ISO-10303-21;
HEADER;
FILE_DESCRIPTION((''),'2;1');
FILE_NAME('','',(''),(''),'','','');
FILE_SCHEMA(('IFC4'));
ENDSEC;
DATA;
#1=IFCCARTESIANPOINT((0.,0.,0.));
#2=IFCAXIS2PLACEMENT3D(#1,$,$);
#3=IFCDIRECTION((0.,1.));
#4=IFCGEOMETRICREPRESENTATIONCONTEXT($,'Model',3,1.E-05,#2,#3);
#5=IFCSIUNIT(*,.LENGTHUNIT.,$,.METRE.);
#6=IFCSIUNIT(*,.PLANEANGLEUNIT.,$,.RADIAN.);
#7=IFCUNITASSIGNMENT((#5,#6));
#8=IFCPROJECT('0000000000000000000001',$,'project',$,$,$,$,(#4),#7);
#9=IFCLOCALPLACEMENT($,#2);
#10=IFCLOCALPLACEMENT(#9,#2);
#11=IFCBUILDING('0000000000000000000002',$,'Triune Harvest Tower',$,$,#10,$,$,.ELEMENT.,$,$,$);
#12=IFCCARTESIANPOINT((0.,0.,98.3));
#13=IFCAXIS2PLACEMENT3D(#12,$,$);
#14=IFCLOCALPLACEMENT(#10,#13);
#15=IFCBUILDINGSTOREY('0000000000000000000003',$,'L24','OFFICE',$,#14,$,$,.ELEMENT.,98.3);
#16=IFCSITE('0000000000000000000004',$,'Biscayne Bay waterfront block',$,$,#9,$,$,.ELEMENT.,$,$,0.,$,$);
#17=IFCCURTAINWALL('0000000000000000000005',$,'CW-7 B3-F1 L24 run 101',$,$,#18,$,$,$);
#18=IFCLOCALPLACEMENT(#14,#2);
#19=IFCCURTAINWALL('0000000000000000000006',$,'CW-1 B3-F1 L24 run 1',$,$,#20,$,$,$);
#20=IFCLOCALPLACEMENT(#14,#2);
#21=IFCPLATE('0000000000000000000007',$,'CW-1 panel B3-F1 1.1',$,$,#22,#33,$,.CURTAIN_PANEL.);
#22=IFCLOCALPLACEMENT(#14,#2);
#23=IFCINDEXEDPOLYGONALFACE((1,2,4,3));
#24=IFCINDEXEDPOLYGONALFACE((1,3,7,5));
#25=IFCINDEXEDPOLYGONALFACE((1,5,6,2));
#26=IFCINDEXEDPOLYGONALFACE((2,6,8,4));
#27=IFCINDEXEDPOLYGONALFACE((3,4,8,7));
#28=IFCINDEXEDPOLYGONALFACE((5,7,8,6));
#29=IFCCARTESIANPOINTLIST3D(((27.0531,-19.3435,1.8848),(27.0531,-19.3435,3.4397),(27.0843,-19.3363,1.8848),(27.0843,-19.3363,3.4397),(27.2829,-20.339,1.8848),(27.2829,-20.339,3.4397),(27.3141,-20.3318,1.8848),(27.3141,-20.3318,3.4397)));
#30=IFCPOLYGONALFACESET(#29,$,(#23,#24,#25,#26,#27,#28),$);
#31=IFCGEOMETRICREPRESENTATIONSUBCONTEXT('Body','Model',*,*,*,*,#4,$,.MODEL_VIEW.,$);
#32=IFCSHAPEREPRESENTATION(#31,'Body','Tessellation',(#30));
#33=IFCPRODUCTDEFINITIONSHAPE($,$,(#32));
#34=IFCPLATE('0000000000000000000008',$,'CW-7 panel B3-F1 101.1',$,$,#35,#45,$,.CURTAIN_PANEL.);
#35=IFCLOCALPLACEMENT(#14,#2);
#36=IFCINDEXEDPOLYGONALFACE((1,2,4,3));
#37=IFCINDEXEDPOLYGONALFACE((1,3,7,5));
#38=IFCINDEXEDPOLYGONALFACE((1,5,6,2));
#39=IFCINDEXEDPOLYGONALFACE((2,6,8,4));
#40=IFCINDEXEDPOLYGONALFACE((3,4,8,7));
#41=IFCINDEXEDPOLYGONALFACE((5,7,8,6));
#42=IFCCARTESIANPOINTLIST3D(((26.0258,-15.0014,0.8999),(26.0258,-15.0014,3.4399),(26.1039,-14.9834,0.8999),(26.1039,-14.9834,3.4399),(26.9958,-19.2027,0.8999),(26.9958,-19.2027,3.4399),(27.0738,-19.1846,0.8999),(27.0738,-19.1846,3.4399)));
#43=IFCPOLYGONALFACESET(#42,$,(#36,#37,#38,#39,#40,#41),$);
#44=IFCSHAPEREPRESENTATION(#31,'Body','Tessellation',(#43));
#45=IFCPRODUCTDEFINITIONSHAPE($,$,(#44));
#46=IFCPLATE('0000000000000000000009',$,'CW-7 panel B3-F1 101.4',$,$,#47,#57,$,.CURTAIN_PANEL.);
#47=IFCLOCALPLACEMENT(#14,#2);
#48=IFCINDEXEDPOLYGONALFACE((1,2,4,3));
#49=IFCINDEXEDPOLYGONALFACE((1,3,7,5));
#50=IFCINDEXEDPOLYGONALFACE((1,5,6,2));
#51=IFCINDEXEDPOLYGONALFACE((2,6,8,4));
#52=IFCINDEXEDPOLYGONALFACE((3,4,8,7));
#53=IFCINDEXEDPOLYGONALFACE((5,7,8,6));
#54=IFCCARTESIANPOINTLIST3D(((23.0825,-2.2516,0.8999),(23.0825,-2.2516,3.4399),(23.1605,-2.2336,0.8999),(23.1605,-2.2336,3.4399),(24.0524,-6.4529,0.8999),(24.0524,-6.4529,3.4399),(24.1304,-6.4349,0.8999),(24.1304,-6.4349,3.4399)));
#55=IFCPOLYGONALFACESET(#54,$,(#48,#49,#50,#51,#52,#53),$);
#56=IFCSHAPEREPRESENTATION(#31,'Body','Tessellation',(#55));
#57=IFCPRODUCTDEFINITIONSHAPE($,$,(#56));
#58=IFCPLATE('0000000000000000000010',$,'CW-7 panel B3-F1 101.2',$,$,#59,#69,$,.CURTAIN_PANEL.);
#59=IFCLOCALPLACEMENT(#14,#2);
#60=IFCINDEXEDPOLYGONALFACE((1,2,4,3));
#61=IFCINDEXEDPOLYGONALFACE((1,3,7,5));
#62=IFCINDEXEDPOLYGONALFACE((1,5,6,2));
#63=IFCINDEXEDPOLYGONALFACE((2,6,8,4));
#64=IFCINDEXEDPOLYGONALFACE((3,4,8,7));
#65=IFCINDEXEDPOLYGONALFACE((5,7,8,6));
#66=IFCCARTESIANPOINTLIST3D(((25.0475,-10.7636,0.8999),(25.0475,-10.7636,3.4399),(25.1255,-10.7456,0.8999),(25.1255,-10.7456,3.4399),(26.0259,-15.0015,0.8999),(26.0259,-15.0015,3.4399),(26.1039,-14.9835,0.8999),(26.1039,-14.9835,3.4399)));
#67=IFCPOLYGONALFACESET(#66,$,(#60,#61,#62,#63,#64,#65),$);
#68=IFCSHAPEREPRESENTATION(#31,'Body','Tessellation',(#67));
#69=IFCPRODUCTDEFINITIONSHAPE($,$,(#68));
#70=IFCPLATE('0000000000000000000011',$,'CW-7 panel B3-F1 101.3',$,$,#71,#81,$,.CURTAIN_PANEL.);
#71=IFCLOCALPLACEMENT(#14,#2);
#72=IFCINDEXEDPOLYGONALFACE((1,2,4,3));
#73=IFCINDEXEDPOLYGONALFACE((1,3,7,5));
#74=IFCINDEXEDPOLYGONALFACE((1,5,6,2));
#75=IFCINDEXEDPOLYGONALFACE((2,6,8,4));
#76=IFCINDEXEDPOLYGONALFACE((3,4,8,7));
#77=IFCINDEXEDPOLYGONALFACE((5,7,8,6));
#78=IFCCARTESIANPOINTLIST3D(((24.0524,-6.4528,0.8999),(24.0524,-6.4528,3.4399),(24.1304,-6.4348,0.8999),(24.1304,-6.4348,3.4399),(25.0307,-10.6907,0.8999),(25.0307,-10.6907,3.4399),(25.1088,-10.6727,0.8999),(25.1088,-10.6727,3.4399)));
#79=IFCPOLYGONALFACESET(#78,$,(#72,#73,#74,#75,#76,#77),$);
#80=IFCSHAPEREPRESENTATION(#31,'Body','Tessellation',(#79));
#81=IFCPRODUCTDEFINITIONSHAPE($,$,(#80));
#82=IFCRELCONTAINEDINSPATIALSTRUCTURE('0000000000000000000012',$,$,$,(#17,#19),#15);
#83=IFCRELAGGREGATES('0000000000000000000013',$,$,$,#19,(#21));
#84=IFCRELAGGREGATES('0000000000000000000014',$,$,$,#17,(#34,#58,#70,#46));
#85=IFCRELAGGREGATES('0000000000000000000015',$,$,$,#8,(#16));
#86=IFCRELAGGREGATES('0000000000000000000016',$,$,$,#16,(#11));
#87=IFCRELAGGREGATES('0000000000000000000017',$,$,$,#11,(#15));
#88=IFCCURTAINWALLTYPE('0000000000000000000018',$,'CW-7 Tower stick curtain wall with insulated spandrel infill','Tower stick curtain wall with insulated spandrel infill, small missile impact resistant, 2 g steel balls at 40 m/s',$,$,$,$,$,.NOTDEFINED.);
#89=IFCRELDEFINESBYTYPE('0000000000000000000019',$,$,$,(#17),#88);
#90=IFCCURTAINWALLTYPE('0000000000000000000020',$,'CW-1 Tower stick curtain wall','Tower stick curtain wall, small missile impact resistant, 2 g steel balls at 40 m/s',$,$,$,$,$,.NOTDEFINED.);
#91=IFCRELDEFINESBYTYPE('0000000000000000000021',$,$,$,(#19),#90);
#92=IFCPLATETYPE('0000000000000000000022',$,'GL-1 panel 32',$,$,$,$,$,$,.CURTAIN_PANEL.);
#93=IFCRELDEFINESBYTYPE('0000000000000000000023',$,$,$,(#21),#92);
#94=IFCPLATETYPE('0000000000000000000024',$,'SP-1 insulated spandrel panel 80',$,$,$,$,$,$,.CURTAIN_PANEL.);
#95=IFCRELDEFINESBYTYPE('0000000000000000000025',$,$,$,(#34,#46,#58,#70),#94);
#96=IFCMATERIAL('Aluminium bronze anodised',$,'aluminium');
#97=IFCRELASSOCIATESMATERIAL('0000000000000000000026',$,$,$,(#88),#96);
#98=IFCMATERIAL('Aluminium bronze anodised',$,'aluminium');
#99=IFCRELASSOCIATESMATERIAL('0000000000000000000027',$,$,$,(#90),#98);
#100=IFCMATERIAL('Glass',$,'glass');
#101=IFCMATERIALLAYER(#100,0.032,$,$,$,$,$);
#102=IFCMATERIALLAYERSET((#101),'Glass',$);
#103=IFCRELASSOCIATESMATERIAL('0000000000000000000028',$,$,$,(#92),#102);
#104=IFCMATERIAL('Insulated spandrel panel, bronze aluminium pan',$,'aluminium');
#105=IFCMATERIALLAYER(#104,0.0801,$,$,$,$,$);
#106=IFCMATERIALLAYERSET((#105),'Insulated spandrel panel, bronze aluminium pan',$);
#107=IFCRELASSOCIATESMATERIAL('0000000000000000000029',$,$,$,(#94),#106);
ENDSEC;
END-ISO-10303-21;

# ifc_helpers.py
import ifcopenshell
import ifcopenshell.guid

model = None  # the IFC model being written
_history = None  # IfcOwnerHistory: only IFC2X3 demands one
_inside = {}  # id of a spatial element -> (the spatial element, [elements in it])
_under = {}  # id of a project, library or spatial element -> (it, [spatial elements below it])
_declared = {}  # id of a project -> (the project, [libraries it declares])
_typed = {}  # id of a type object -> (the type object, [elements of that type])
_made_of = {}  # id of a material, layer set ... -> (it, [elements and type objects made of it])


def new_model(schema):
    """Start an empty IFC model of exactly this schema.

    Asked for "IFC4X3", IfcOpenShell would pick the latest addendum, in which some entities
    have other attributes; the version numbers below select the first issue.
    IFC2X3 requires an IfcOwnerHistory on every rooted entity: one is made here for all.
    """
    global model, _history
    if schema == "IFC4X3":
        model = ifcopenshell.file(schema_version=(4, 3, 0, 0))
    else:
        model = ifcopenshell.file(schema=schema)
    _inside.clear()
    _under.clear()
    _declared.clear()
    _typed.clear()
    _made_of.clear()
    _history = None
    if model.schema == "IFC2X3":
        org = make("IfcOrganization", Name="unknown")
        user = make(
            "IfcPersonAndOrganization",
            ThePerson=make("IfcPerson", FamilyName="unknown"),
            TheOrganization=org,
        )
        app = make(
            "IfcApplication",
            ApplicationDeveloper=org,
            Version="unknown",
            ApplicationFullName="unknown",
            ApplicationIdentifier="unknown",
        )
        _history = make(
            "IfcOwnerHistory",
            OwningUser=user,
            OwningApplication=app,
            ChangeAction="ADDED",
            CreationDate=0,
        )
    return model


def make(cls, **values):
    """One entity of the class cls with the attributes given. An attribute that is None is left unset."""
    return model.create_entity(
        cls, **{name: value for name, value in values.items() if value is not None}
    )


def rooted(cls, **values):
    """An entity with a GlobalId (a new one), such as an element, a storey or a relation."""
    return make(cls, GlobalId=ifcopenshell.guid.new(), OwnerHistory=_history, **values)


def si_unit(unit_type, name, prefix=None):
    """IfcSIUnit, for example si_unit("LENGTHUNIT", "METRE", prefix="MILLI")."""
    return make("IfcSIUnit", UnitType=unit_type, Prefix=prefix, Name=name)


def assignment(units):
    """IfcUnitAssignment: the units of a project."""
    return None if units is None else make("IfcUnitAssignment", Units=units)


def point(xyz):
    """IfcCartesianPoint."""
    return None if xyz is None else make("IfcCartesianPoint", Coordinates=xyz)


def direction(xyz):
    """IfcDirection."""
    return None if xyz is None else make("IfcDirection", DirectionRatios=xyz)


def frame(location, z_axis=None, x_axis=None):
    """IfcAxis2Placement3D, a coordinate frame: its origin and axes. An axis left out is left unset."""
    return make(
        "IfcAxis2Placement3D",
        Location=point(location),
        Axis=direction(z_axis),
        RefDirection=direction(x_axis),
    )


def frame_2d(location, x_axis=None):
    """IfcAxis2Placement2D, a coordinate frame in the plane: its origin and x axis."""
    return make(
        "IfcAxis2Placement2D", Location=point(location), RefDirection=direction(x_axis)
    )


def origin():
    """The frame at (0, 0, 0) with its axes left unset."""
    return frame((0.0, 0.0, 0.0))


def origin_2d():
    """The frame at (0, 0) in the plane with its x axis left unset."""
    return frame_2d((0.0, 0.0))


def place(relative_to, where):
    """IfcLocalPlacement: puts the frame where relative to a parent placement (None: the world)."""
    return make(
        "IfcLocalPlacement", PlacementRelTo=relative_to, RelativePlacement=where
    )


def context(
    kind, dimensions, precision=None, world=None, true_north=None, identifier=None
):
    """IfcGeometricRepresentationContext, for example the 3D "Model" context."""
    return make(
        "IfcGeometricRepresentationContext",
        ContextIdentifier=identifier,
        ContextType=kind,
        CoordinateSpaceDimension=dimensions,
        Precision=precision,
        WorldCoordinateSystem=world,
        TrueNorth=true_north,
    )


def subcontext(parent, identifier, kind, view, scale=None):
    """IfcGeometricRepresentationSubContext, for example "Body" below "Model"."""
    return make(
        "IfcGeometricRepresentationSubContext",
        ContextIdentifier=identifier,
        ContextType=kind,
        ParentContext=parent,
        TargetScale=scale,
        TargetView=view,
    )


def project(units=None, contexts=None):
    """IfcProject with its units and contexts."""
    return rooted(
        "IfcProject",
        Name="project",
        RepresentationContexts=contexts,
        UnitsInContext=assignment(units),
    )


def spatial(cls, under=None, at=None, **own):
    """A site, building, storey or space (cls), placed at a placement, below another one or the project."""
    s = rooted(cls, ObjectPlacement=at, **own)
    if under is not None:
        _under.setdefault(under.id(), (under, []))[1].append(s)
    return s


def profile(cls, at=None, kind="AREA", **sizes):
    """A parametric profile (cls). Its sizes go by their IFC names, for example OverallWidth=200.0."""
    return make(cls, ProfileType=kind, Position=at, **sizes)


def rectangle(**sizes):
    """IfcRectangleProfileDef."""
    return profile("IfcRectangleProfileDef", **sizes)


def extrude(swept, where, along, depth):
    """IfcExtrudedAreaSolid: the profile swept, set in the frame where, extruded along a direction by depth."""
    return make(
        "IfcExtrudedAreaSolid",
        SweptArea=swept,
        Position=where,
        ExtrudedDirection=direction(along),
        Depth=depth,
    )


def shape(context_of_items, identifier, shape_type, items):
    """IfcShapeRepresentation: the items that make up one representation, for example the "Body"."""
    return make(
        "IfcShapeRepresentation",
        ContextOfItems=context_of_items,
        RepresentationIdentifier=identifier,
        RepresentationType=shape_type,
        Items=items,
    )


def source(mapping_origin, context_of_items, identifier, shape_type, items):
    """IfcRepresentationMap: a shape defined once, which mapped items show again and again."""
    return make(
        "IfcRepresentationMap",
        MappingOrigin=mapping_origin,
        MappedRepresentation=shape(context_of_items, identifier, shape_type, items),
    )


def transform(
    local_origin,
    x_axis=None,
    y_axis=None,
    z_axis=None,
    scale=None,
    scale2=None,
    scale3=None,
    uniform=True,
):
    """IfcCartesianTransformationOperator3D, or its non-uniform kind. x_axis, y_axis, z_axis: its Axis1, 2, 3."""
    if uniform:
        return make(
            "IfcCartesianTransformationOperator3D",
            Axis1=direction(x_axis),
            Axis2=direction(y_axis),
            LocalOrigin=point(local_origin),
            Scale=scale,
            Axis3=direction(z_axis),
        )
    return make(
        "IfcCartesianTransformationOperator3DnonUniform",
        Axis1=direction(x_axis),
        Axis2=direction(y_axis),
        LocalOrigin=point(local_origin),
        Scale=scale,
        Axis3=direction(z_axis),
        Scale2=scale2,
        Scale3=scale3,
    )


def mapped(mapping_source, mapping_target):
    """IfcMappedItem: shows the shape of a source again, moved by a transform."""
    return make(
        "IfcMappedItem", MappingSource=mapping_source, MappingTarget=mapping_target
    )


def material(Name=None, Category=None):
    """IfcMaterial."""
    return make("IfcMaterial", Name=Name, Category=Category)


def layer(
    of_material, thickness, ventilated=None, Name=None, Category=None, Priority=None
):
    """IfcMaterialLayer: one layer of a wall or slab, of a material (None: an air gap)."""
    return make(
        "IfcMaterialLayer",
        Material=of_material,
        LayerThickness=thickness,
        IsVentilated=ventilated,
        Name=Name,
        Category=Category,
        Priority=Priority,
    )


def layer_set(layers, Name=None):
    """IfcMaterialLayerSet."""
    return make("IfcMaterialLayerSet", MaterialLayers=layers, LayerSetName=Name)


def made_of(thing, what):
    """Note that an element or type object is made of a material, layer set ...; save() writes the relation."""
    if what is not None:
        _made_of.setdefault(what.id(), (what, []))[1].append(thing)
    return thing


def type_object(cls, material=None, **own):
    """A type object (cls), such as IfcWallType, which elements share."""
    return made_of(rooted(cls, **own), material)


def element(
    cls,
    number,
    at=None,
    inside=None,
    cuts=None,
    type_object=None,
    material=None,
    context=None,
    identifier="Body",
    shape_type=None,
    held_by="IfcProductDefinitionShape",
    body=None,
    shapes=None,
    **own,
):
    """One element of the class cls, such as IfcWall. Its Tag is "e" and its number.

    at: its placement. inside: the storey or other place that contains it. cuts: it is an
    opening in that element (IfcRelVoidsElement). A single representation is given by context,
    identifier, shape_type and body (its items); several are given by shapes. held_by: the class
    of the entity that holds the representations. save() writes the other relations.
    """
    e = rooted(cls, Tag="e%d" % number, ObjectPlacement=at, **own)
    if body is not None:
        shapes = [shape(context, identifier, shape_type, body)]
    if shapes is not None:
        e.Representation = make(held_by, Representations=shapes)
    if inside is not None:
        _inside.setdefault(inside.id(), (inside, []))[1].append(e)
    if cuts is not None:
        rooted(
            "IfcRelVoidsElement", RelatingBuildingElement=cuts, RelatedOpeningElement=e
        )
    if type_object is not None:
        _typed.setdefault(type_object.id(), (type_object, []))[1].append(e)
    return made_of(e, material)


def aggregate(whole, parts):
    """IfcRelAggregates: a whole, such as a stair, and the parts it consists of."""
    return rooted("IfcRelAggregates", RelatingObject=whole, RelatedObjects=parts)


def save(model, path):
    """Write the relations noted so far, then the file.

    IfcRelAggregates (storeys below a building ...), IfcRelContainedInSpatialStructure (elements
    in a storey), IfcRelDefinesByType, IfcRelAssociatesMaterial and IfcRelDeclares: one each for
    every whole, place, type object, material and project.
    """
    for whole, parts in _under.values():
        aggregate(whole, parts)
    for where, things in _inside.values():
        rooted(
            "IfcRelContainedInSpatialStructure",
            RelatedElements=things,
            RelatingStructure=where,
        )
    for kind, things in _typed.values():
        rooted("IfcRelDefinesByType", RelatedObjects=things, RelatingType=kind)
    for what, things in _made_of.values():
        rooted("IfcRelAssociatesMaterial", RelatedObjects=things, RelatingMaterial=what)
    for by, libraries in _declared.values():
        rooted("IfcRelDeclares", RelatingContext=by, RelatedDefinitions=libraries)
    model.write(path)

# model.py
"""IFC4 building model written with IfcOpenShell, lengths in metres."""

from ifc_helpers import new_model, si_unit, direction, frame, origin, origin_2d, place, context, subcontext, project, spatial, rectangle, extrude, source, transform, mapped, material, layer, layer_set, type_object, element, aggregate, save


model = new_model("IFC4")

# Units and contexts
model_context = context("Model", 3, precision=1e-05, world=origin(), true_north=direction((0.0, 1.0)))
body_context = subcontext(model_context, "Body", "Model", "MODEL_VIEW")
ifc_project = project(units=[si_unit("LENGTHUNIT", "METRE"), si_unit("PLANEANGLEUNIT", "RADIAN")], contexts=[model_context])

# Site, building, storey
site_placement = place(None, origin())
site = spatial("IfcSite", under=ifc_project, at=site_placement, Name="Biscayne Bay waterfront block", CompositionType="ELEMENT", RefElevation=0.0)
building_placement = place(site_placement, origin())
building = spatial("IfcBuilding", under=site, at=building_placement, Name="Triune Harvest Tower", CompositionType="ELEMENT")
storey_placement = place(building_placement, frame((0.0, 0.0, 98.3)))
storey = spatial("IfcBuildingStorey", under=building, at=storey_placement, Name="L24", Description="OFFICE", CompositionType="ELEMENT", Elevation=98.3)

# Curtain wall
ifc_material_1 = material(Name="Aluminium bronze anodised", Category="aluminium")
curtain_wall_type_1 = type_object("IfcCurtainWallType", Name="CW-7 Tower stick curtain wall with insulated spandrel infill", Description="Tower stick curtain wall with insulated spandrel infill, small missile impact resistant, 2 g steel balls at 40 m/s", PredefinedType="NOTDEFINED", material=ifc_material_1)
curtain_wall_1_placement = place(storey_placement, origin())
curtain_wall_1 = element("IfcCurtainWall", 1, at=curtain_wall_1_placement, inside=storey, type_object=curtain_wall_type_1, Name="CW-7 B3-F1 L24 run 101")

# Curtain wall
ifc_material_2 = material(Name="Aluminium bronze anodised", Category="aluminium")
curtain_wall_type_2 = type_object("IfcCurtainWallType", Name="CW-1 Tower stick curtain wall", Description="Tower stick curtain wall, small missile impact resistant, 2 g steel balls at 40 m/s", PredefinedType="NOTDEFINED", material=ifc_material_2)
curtain_wall_2_placement = place(storey_placement, origin())
curtain_wall_2 = element("IfcCurtainWall", 2, at=curtain_wall_2_placement, inside=storey, type_object=curtain_wall_type_2, Name="CW-1 B3-F1 L24 run 1")

# Plates
ifc_material_3 = material(Name="Glass", Category="glass")
ifc_layer_1 = layer(ifc_material_3, 0.032)
ifc_layer_set_1 = layer_set([ifc_layer_1], Name="Glass")
plate_type_1 = type_object("IfcPlateType", Name="GL-1 panel 32", PredefinedType="CURTAIN_PANEL", material=ifc_layer_set_1)
shared_shape_1 = source(origin(), body_context, "Body", "SweptSolid", [
    extrude(rectangle(XDim=1.0217, YDim=0.032, at=origin_2d()), origin(), (0.0, 0.0, 1.0), 1.5549),
])
plate_1_placement = place(storey_placement, frame((27.1836, -19.8376, 1.8848), z_axis=(0.0, 0.0, 1.0), x_axis=(-0.224947, 0.974371, 0.0)))
plate_1 = element("IfcPlate", 3, at=plate_1_placement, type_object=plate_type_1, Name="CW-1 panel B3-F1 1.1", PredefinedType="CURTAIN_PANEL", context=body_context, shape_type="MappedRepresentation", body=[
    mapped(shared_shape_1, transform((0.0, 0.0, 0.0), scale=1.0)),
])
aggregate(curtain_wall_2, [plate_1])
ifc_material_4 = material(Name="Insulated spandrel panel, bronze aluminium pan", Category="aluminium")
ifc_layer_2 = layer(ifc_material_4, 0.0801)
ifc_layer_set_2 = layer_set([ifc_layer_2], Name="Insulated spandrel panel, bronze aluminium pan")
plate_type_2 = type_object("IfcPlateType", Name="SP-1 insulated spandrel panel 80", PredefinedType="CURTAIN_PANEL", material=ifc_layer_set_2)
shared_shape_2 = source(origin(), body_context, "Body", "SweptSolid", [
    extrude(rectangle(XDim=4.3118, YDim=0.0801, at=origin_2d()), origin(), (0.0, 0.0, 1.0), 2.54),
])
plate_2_placement = place(storey_placement, frame((26.5498, -17.093, 0.8999), z_axis=(0.0, 0.0, 1.0), x_axis=(-0.22495, 0.97437, 0.0)))
plate_2 = element("IfcPlate", 4, at=plate_2_placement, type_object=plate_type_2, Name="CW-7 panel B3-F1 101.1", PredefinedType="CURTAIN_PANEL", context=body_context, shape_type="MappedRepresentation", body=[
    mapped(shared_shape_2, transform((0.0, 0.0, 0.0), scale=1.0)),
])
plate_3_placement = place(storey_placement, frame((23.6064, -4.3433, 0.8999), z_axis=(0.0, 0.0, 1.0), x_axis=(-0.22495, 0.97437, 0.0)))
plate_3 = element("IfcPlate", 5, at=plate_3_placement, type_object=plate_type_2, Name="CW-7 panel B3-F1 101.4", PredefinedType="CURTAIN_PANEL", context=body_context, shape_type="MappedRepresentation", body=[
    mapped(shared_shape_2, transform((0.0, 0.0, 0.0), scale=1.0)),
])
shared_shape_3 = source(origin(), body_context, "Body", "SweptSolid", [
    extrude(rectangle(XDim=4.3494, YDim=0.0801, at=origin_2d()), origin(), (0.0, 0.0, 1.0), 2.54),
])
plate_4_placement = place(storey_placement, frame((25.5757, -12.8735, 0.8999), z_axis=(0.0, 0.0, 1.0), x_axis=(-0.22495, 0.97437, 0.0)))
plate_4 = element("IfcPlate", 6, at=plate_4_placement, type_object=plate_type_2, Name="CW-7 panel B3-F1 101.2", PredefinedType="CURTAIN_PANEL", context=body_context, shape_type="MappedRepresentation", body=[
    mapped(shared_shape_3, transform((0.0, 0.0, 0.0), scale=1.0)),
])
plate_5_placement = place(storey_placement, frame((24.5806, -8.5627, 0.8999), z_axis=(0.0, 0.0, 1.0), x_axis=(-0.22495, 0.97437, 0.0)))
plate_5 = element("IfcPlate", 7, at=plate_5_placement, type_object=plate_type_2, Name="CW-7 panel B3-F1 101.3", PredefinedType="CURTAIN_PANEL", context=body_context, shape_type="MappedRepresentation", body=[
    mapped(shared_shape_3, transform((0.0, 0.0, 0.0), scale=1.0)),
])
aggregate(curtain_wall_1, [plate_2, plate_4, plate_5, plate_3])

save(model, "model.ifc")
